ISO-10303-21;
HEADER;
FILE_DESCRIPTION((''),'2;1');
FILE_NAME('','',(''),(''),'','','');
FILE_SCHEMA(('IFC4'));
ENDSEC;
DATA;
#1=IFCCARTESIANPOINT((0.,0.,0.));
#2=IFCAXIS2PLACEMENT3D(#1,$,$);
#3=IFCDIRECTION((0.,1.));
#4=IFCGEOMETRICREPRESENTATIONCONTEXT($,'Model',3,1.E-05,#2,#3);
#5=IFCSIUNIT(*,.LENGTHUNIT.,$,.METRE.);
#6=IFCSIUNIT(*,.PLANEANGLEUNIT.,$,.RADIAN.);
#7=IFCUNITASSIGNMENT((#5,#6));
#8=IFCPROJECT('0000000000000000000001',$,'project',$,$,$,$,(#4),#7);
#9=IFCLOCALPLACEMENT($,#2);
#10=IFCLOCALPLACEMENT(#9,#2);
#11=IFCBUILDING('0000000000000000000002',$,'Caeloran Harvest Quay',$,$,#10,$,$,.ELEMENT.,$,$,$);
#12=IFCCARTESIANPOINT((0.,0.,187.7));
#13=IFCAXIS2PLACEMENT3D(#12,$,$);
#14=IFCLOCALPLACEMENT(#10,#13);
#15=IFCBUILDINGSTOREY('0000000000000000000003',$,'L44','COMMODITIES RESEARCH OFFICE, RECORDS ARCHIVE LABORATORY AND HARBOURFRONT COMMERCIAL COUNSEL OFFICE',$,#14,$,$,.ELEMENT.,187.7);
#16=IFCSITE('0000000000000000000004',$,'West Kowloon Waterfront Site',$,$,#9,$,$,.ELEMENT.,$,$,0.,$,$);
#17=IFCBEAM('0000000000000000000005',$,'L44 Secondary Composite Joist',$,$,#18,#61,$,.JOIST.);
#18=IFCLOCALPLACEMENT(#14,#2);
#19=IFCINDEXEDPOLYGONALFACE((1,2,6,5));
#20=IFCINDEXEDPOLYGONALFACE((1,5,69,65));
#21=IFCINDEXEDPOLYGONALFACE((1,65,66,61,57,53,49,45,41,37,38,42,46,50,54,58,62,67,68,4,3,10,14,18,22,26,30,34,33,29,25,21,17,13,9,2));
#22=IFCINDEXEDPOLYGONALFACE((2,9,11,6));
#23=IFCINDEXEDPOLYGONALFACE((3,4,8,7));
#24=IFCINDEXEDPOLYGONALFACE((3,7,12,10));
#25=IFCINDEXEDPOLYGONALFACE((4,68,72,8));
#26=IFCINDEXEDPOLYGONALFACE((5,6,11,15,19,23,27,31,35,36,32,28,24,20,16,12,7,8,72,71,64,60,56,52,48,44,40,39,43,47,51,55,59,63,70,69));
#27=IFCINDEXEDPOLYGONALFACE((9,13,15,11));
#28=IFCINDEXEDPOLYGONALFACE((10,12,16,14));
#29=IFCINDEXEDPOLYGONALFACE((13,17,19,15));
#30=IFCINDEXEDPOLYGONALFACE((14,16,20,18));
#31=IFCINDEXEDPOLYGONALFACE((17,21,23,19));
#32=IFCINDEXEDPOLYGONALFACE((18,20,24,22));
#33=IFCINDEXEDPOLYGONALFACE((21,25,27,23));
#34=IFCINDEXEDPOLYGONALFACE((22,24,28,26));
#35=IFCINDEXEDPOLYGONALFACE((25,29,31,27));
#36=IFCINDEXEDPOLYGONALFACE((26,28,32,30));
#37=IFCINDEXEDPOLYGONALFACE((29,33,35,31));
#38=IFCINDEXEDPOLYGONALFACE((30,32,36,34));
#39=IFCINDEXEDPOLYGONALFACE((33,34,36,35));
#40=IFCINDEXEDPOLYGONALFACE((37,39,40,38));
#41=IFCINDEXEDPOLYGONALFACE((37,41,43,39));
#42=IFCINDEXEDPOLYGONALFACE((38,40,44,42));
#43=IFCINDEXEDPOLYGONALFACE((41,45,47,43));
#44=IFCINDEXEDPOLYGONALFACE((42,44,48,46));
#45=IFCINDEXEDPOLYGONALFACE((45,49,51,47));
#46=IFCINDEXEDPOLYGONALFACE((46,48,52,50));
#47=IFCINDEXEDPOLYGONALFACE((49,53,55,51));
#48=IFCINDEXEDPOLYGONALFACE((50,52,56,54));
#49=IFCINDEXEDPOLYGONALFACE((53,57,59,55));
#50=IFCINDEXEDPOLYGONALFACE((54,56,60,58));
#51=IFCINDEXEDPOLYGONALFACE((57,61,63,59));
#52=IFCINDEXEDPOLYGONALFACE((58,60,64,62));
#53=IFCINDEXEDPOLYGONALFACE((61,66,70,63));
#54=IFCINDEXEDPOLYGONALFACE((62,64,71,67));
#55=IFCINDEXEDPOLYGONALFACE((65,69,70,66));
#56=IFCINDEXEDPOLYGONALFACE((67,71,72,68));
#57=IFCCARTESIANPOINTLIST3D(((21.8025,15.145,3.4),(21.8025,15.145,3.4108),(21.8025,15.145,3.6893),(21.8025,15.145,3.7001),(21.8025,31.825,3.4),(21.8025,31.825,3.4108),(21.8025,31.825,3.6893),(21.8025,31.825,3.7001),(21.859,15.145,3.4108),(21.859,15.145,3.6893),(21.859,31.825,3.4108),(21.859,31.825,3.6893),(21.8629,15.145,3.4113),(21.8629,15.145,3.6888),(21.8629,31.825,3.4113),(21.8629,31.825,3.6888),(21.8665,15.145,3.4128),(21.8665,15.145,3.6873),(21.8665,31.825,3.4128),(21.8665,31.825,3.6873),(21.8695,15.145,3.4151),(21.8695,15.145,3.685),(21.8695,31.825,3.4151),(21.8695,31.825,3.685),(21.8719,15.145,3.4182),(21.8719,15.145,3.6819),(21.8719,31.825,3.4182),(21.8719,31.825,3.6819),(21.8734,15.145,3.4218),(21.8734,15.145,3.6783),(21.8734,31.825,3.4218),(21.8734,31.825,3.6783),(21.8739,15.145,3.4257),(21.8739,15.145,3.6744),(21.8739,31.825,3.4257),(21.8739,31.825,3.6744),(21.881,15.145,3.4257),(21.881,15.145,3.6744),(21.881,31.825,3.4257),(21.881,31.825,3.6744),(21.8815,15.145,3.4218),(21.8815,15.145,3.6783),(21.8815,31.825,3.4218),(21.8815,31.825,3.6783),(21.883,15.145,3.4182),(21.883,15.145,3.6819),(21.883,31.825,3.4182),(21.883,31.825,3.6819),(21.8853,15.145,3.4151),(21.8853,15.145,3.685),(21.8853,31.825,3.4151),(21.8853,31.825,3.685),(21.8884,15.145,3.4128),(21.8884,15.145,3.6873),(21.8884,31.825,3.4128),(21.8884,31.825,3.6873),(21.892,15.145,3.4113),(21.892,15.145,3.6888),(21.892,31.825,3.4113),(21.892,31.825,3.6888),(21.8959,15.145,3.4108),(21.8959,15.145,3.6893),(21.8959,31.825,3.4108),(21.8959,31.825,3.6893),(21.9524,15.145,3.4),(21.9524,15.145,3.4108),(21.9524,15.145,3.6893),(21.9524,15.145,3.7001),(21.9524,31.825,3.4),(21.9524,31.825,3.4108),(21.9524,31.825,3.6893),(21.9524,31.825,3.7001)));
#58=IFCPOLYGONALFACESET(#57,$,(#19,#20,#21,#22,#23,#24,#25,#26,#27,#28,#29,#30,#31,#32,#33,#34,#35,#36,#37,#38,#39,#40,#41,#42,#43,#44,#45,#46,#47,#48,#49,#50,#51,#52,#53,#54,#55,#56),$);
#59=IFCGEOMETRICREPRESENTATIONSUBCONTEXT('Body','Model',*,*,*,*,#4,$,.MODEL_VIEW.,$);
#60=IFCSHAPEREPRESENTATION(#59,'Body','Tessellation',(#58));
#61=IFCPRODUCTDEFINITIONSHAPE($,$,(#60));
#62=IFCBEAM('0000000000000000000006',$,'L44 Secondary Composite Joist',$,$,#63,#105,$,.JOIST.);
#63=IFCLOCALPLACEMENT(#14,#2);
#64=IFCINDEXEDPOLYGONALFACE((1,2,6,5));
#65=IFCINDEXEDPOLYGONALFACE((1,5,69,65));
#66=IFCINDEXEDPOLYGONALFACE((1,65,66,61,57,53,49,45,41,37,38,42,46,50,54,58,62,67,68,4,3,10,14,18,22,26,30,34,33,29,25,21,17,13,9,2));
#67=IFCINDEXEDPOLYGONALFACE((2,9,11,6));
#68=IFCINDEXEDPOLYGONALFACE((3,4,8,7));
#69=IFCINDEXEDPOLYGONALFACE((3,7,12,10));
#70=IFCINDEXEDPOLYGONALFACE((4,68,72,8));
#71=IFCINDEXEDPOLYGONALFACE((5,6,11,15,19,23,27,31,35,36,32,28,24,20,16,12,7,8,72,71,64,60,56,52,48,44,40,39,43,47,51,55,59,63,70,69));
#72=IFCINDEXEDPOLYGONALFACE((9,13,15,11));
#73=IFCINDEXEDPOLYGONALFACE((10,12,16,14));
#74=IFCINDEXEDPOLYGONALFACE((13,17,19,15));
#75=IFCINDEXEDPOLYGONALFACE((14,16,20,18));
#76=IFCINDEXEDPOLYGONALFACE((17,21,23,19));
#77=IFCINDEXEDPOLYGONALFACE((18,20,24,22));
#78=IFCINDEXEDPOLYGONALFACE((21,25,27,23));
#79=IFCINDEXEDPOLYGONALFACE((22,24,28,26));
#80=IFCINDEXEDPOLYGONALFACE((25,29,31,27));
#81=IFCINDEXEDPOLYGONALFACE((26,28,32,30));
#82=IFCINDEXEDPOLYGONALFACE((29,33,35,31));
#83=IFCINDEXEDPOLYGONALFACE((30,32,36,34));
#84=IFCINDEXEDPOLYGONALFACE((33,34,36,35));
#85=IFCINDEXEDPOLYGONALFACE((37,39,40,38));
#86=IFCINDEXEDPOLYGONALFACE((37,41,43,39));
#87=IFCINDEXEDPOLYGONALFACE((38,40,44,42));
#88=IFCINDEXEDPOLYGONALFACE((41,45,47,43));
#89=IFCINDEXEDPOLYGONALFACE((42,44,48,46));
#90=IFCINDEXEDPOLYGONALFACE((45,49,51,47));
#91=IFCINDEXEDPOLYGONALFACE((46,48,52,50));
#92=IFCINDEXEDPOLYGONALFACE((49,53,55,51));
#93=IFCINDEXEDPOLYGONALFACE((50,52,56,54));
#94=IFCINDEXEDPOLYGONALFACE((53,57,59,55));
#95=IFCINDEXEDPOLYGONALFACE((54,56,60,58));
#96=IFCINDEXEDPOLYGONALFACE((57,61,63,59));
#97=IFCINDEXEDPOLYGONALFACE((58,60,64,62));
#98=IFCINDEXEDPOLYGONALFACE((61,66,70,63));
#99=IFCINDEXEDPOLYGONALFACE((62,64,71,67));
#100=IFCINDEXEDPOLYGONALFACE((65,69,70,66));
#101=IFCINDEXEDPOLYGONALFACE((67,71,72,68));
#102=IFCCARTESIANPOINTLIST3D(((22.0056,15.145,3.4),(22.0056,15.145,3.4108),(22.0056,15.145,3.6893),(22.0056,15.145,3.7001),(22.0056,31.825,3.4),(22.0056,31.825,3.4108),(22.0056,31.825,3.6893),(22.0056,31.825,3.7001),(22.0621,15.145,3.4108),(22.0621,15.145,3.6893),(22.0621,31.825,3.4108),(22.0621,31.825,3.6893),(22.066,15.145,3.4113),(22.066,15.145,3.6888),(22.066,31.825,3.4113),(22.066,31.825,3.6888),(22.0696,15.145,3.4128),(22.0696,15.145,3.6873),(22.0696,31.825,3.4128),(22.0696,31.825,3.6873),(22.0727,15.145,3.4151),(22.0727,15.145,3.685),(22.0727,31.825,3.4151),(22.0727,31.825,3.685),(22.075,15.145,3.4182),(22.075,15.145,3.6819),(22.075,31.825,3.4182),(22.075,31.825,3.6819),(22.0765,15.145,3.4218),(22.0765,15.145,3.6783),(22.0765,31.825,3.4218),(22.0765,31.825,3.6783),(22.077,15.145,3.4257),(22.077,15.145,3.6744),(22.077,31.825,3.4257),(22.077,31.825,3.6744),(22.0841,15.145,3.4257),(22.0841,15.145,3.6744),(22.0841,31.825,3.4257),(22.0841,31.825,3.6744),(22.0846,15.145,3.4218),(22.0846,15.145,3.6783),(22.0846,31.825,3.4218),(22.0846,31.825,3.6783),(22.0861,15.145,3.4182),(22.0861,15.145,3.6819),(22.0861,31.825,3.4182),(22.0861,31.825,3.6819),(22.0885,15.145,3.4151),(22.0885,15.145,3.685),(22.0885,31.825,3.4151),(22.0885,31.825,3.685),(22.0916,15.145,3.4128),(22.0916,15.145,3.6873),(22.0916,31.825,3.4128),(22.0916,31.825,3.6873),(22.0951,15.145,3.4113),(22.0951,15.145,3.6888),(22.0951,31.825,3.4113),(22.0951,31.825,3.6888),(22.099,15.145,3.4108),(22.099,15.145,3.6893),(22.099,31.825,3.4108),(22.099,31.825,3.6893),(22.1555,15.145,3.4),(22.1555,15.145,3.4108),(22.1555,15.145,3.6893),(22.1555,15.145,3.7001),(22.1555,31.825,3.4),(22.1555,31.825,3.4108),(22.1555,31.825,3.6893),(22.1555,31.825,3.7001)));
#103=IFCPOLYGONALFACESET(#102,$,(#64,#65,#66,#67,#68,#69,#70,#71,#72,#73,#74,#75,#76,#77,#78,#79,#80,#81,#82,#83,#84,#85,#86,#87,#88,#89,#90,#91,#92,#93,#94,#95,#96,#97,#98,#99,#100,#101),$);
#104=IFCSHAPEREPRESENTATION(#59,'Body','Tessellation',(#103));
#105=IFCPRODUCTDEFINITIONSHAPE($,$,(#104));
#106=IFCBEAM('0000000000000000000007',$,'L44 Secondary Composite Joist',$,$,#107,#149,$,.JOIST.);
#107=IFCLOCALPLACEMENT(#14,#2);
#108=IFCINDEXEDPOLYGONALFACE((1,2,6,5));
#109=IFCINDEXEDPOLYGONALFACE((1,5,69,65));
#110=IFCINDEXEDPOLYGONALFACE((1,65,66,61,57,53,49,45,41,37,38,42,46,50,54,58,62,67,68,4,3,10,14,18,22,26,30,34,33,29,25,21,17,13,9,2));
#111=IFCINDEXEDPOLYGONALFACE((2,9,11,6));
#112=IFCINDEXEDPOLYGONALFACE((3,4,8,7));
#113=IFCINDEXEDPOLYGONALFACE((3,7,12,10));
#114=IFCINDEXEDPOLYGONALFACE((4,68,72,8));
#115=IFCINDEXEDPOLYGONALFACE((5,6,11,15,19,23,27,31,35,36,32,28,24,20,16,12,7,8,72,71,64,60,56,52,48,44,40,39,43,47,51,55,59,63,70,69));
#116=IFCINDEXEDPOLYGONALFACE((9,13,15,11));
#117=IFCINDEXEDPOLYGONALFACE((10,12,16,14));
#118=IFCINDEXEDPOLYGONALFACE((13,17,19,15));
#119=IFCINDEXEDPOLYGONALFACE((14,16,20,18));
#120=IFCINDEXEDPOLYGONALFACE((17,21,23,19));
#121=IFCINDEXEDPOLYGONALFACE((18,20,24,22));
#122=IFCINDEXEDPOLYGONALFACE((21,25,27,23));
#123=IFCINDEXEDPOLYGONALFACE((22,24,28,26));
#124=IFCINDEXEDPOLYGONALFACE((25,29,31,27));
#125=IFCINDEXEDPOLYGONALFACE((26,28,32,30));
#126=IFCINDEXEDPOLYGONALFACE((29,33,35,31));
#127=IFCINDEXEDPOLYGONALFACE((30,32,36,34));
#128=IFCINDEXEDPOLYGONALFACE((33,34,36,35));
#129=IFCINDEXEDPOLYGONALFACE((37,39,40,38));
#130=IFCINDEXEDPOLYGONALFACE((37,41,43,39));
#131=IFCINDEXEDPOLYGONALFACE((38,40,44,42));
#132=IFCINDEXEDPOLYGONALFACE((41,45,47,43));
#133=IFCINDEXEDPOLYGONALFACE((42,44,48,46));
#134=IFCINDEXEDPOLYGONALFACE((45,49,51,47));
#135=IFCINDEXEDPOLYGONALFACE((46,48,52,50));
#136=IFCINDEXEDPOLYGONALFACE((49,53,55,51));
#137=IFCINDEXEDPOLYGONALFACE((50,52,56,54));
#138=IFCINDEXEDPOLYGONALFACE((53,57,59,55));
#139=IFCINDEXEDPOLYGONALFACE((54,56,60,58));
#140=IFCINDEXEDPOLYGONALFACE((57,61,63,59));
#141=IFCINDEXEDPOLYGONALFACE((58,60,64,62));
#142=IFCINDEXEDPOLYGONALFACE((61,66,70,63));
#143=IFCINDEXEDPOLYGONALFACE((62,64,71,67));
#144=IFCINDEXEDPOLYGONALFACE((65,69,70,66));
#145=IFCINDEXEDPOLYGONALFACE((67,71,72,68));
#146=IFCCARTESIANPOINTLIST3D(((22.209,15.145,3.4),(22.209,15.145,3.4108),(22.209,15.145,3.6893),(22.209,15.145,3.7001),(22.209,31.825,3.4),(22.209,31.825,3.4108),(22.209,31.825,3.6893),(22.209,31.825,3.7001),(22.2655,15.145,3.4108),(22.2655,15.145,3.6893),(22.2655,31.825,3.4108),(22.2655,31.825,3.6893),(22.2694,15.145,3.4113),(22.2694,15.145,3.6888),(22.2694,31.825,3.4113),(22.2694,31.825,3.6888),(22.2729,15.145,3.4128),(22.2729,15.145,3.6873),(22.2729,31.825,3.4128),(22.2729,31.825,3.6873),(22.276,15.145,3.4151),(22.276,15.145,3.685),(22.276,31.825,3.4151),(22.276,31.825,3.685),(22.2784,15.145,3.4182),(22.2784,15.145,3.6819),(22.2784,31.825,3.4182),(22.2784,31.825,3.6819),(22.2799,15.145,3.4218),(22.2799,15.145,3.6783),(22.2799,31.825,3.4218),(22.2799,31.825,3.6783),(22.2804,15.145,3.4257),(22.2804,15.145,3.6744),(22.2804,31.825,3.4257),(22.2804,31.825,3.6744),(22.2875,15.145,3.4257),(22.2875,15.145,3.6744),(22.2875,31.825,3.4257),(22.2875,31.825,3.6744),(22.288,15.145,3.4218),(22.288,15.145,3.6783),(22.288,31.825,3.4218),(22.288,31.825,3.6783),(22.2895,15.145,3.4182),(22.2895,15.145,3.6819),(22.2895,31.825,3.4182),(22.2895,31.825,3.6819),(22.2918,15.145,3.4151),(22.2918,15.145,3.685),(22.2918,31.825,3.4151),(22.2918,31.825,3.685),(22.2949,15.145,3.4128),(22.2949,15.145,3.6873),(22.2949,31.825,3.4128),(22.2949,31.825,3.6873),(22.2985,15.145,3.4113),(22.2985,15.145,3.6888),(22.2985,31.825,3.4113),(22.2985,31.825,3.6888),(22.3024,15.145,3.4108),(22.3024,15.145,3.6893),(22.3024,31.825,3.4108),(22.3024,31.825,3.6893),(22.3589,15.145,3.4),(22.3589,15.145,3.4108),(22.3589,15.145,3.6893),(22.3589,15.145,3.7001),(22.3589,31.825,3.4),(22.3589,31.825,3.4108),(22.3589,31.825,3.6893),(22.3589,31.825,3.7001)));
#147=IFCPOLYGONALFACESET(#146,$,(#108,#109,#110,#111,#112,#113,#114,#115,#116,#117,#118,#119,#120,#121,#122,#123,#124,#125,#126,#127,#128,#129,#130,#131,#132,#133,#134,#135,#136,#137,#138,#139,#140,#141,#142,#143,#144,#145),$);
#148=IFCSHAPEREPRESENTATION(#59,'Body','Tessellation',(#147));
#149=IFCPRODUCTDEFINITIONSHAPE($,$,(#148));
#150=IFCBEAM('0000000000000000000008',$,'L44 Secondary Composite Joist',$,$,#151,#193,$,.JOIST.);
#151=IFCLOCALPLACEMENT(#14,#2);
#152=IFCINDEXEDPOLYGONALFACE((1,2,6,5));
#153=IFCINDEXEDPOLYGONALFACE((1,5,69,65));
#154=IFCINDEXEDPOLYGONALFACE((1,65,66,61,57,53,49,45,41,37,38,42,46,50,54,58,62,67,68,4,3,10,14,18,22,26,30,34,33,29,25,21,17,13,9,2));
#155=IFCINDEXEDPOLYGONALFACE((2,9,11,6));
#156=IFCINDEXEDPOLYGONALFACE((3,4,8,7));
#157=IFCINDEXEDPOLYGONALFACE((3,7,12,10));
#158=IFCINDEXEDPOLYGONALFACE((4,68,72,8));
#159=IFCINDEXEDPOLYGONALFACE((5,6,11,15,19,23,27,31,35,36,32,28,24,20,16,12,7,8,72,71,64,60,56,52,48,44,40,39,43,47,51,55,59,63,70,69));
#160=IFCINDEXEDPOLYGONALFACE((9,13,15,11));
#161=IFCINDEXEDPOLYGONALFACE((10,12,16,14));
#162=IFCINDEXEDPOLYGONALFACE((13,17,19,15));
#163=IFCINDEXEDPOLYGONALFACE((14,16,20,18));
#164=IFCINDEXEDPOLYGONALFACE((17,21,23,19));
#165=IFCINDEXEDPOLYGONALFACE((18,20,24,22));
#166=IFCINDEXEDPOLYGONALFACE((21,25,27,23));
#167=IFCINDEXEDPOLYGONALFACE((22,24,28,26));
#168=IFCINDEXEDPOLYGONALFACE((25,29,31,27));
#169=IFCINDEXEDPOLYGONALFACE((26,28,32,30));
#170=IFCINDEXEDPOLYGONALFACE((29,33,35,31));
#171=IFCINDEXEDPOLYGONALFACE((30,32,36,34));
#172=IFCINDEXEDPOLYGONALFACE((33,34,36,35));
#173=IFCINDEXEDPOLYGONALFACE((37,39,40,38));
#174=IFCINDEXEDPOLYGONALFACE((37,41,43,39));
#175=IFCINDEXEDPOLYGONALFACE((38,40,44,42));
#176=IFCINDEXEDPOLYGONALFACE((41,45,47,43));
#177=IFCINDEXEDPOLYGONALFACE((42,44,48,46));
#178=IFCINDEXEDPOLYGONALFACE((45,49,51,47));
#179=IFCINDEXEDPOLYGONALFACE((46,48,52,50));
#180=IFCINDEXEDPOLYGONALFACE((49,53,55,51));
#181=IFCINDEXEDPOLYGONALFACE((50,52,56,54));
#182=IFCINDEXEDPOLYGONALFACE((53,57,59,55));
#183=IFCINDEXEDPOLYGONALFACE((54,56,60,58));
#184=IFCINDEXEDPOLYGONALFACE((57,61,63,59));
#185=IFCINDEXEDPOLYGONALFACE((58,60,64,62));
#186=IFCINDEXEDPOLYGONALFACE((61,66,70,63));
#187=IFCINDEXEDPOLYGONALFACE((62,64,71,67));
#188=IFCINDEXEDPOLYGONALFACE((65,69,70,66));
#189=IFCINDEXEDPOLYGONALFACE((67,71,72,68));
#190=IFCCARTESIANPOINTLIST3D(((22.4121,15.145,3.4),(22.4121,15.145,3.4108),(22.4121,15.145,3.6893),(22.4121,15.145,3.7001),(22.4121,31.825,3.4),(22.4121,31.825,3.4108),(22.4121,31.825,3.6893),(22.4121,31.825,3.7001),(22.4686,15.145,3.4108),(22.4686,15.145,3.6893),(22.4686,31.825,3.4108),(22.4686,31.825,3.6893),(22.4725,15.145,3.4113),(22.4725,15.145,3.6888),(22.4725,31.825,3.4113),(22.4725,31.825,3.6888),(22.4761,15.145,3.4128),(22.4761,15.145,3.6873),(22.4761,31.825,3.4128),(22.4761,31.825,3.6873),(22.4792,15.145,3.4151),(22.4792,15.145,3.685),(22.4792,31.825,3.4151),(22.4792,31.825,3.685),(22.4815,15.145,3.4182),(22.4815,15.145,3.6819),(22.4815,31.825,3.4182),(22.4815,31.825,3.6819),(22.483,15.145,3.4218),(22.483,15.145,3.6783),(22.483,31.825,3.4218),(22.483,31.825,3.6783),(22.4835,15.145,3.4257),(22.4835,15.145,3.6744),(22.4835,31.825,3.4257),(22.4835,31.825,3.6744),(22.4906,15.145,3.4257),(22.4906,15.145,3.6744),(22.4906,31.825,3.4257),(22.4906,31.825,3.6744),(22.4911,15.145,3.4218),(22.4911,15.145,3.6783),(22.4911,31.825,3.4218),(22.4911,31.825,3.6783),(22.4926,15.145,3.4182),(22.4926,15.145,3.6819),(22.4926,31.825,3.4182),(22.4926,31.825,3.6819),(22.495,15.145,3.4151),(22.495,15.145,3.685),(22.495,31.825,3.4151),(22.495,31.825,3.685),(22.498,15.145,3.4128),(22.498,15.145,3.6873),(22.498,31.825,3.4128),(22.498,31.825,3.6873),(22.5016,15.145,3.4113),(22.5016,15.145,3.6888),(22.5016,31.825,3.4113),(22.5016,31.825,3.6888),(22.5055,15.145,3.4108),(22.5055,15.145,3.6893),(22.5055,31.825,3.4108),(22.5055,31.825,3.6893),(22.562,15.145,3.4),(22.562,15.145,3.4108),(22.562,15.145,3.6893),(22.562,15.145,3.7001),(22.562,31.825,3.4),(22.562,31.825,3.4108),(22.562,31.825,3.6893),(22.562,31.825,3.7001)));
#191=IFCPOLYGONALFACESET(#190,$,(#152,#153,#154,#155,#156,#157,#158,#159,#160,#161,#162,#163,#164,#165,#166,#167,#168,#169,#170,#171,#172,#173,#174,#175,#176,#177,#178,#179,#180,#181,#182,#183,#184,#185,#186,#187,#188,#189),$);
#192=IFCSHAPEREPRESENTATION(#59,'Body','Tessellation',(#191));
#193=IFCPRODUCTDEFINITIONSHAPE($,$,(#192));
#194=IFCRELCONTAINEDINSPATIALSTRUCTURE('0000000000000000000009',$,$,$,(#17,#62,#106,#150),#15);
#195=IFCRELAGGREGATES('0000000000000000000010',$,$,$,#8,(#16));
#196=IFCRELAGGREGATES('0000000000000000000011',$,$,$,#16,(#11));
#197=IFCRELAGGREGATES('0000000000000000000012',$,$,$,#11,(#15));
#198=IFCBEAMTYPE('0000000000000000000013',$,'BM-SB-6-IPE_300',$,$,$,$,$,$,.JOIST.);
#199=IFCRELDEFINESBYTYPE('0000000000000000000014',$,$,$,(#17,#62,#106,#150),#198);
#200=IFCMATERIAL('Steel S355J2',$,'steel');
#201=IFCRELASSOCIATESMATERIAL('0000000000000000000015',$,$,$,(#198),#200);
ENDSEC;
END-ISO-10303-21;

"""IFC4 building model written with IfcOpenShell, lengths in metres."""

from ifc_helpers import new_model, si_unit, direction, frame, origin, origin_2d, place, context, subcontext, project, spatial, i_section, extrude, material, material_profile, profile_set, type_object, element, save


model = new_model("IFC4")

# Units and contexts
model_context = context("Model", 3, precision=1e-05, world=origin(), true_north=direction((0.0, 1.0)))
body_context = subcontext(model_context, "Body", "Model", "MODEL_VIEW")
ifc_project = project(units=[si_unit("LENGTHUNIT", "METRE"), si_unit("PLANEANGLEUNIT", "RADIAN")], contexts=[model_context])

# Site, building, storey
site_placement = place(None, origin())
site = spatial("IfcSite", under=ifc_project, at=site_placement, Name="West Kowloon Waterfront Site", CompositionType="ELEMENT", RefElevation=0.0)
building_placement = place(site_placement, origin())
building = spatial("IfcBuilding", under=site, at=building_placement, Name="Caeloran Harvest Quay", CompositionType="ELEMENT")
storey_placement = place(building_placement, frame((0.0, 0.0, 187.7)))
storey = spatial("IfcBuildingStorey", under=building, at=storey_placement, Name="L44", Description="COMMODITIES RESEARCH OFFICE, RECORDS ARCHIVE LABORATORY AND HARBOURFRONT COMMERCIAL COUNSEL OFFICE", CompositionType="ELEMENT", Elevation=187.7)

# Beams
ifc_material_1 = material(Name="Steel S355J2", Category="steel")
ifc_material_profile_1 = material_profile(ifc_material_1, i_section(OverallWidth=0.1499, OverallDepth=0.3, WebThickness=0.0071, FlangeThickness=0.0107, FilletRadius=0.0149, at=origin_2d()), Name="IPE 300")
ifc_profile_set_1 = profile_set([ifc_material_profile_1], Name="Steel S355J2")
beam_type_1 = type_object("IfcBeamType", Name="BM-SB-6-IPE_300", PredefinedType="JOIST", material=ifc_profile_set_1)
for number, where, z_axis, x_axis, name in (
    (1, (21.8774, 15.145, 3.55), (0.0, 1.0, 0.0), (-1.0, 0.0, 0.0), "L44 Secondary Composite Joist"),
    (2, (22.0806, 15.145, 3.55), (0.0, 1.0, 0.0), (-1.0, 0.0, 0.0), "L44 Secondary Composite Joist"),
    (3, (22.2839, 15.145, 3.55), (0.0, 1.0, 0.0), (-1.0, 0.0, 0.0), "L44 Secondary Composite Joist"),
    (4, (22.4871, 15.145, 3.55), (0.0, 1.0, 0.0), (-1.0, 0.0, 0.0), "L44 Secondary Composite Joist"),
):
    element("IfcBeam", number, at=place(storey_placement, frame(where, z_axis=z_axis, x_axis=x_axis)), inside=storey, type_object=beam_type_1, Name=name, PredefinedType="JOIST", context=body_context, shape_type="SweptSolid", body=[
        extrude(i_section(OverallWidth=0.1499, OverallDepth=0.3, WebThickness=0.0071, FlangeThickness=0.0107, FilletRadius=0.0149, at=origin_2d()), origin(), (0.0, 0.0, 1.0), 16.6799),
    ])

save(model, "model.ifc")
